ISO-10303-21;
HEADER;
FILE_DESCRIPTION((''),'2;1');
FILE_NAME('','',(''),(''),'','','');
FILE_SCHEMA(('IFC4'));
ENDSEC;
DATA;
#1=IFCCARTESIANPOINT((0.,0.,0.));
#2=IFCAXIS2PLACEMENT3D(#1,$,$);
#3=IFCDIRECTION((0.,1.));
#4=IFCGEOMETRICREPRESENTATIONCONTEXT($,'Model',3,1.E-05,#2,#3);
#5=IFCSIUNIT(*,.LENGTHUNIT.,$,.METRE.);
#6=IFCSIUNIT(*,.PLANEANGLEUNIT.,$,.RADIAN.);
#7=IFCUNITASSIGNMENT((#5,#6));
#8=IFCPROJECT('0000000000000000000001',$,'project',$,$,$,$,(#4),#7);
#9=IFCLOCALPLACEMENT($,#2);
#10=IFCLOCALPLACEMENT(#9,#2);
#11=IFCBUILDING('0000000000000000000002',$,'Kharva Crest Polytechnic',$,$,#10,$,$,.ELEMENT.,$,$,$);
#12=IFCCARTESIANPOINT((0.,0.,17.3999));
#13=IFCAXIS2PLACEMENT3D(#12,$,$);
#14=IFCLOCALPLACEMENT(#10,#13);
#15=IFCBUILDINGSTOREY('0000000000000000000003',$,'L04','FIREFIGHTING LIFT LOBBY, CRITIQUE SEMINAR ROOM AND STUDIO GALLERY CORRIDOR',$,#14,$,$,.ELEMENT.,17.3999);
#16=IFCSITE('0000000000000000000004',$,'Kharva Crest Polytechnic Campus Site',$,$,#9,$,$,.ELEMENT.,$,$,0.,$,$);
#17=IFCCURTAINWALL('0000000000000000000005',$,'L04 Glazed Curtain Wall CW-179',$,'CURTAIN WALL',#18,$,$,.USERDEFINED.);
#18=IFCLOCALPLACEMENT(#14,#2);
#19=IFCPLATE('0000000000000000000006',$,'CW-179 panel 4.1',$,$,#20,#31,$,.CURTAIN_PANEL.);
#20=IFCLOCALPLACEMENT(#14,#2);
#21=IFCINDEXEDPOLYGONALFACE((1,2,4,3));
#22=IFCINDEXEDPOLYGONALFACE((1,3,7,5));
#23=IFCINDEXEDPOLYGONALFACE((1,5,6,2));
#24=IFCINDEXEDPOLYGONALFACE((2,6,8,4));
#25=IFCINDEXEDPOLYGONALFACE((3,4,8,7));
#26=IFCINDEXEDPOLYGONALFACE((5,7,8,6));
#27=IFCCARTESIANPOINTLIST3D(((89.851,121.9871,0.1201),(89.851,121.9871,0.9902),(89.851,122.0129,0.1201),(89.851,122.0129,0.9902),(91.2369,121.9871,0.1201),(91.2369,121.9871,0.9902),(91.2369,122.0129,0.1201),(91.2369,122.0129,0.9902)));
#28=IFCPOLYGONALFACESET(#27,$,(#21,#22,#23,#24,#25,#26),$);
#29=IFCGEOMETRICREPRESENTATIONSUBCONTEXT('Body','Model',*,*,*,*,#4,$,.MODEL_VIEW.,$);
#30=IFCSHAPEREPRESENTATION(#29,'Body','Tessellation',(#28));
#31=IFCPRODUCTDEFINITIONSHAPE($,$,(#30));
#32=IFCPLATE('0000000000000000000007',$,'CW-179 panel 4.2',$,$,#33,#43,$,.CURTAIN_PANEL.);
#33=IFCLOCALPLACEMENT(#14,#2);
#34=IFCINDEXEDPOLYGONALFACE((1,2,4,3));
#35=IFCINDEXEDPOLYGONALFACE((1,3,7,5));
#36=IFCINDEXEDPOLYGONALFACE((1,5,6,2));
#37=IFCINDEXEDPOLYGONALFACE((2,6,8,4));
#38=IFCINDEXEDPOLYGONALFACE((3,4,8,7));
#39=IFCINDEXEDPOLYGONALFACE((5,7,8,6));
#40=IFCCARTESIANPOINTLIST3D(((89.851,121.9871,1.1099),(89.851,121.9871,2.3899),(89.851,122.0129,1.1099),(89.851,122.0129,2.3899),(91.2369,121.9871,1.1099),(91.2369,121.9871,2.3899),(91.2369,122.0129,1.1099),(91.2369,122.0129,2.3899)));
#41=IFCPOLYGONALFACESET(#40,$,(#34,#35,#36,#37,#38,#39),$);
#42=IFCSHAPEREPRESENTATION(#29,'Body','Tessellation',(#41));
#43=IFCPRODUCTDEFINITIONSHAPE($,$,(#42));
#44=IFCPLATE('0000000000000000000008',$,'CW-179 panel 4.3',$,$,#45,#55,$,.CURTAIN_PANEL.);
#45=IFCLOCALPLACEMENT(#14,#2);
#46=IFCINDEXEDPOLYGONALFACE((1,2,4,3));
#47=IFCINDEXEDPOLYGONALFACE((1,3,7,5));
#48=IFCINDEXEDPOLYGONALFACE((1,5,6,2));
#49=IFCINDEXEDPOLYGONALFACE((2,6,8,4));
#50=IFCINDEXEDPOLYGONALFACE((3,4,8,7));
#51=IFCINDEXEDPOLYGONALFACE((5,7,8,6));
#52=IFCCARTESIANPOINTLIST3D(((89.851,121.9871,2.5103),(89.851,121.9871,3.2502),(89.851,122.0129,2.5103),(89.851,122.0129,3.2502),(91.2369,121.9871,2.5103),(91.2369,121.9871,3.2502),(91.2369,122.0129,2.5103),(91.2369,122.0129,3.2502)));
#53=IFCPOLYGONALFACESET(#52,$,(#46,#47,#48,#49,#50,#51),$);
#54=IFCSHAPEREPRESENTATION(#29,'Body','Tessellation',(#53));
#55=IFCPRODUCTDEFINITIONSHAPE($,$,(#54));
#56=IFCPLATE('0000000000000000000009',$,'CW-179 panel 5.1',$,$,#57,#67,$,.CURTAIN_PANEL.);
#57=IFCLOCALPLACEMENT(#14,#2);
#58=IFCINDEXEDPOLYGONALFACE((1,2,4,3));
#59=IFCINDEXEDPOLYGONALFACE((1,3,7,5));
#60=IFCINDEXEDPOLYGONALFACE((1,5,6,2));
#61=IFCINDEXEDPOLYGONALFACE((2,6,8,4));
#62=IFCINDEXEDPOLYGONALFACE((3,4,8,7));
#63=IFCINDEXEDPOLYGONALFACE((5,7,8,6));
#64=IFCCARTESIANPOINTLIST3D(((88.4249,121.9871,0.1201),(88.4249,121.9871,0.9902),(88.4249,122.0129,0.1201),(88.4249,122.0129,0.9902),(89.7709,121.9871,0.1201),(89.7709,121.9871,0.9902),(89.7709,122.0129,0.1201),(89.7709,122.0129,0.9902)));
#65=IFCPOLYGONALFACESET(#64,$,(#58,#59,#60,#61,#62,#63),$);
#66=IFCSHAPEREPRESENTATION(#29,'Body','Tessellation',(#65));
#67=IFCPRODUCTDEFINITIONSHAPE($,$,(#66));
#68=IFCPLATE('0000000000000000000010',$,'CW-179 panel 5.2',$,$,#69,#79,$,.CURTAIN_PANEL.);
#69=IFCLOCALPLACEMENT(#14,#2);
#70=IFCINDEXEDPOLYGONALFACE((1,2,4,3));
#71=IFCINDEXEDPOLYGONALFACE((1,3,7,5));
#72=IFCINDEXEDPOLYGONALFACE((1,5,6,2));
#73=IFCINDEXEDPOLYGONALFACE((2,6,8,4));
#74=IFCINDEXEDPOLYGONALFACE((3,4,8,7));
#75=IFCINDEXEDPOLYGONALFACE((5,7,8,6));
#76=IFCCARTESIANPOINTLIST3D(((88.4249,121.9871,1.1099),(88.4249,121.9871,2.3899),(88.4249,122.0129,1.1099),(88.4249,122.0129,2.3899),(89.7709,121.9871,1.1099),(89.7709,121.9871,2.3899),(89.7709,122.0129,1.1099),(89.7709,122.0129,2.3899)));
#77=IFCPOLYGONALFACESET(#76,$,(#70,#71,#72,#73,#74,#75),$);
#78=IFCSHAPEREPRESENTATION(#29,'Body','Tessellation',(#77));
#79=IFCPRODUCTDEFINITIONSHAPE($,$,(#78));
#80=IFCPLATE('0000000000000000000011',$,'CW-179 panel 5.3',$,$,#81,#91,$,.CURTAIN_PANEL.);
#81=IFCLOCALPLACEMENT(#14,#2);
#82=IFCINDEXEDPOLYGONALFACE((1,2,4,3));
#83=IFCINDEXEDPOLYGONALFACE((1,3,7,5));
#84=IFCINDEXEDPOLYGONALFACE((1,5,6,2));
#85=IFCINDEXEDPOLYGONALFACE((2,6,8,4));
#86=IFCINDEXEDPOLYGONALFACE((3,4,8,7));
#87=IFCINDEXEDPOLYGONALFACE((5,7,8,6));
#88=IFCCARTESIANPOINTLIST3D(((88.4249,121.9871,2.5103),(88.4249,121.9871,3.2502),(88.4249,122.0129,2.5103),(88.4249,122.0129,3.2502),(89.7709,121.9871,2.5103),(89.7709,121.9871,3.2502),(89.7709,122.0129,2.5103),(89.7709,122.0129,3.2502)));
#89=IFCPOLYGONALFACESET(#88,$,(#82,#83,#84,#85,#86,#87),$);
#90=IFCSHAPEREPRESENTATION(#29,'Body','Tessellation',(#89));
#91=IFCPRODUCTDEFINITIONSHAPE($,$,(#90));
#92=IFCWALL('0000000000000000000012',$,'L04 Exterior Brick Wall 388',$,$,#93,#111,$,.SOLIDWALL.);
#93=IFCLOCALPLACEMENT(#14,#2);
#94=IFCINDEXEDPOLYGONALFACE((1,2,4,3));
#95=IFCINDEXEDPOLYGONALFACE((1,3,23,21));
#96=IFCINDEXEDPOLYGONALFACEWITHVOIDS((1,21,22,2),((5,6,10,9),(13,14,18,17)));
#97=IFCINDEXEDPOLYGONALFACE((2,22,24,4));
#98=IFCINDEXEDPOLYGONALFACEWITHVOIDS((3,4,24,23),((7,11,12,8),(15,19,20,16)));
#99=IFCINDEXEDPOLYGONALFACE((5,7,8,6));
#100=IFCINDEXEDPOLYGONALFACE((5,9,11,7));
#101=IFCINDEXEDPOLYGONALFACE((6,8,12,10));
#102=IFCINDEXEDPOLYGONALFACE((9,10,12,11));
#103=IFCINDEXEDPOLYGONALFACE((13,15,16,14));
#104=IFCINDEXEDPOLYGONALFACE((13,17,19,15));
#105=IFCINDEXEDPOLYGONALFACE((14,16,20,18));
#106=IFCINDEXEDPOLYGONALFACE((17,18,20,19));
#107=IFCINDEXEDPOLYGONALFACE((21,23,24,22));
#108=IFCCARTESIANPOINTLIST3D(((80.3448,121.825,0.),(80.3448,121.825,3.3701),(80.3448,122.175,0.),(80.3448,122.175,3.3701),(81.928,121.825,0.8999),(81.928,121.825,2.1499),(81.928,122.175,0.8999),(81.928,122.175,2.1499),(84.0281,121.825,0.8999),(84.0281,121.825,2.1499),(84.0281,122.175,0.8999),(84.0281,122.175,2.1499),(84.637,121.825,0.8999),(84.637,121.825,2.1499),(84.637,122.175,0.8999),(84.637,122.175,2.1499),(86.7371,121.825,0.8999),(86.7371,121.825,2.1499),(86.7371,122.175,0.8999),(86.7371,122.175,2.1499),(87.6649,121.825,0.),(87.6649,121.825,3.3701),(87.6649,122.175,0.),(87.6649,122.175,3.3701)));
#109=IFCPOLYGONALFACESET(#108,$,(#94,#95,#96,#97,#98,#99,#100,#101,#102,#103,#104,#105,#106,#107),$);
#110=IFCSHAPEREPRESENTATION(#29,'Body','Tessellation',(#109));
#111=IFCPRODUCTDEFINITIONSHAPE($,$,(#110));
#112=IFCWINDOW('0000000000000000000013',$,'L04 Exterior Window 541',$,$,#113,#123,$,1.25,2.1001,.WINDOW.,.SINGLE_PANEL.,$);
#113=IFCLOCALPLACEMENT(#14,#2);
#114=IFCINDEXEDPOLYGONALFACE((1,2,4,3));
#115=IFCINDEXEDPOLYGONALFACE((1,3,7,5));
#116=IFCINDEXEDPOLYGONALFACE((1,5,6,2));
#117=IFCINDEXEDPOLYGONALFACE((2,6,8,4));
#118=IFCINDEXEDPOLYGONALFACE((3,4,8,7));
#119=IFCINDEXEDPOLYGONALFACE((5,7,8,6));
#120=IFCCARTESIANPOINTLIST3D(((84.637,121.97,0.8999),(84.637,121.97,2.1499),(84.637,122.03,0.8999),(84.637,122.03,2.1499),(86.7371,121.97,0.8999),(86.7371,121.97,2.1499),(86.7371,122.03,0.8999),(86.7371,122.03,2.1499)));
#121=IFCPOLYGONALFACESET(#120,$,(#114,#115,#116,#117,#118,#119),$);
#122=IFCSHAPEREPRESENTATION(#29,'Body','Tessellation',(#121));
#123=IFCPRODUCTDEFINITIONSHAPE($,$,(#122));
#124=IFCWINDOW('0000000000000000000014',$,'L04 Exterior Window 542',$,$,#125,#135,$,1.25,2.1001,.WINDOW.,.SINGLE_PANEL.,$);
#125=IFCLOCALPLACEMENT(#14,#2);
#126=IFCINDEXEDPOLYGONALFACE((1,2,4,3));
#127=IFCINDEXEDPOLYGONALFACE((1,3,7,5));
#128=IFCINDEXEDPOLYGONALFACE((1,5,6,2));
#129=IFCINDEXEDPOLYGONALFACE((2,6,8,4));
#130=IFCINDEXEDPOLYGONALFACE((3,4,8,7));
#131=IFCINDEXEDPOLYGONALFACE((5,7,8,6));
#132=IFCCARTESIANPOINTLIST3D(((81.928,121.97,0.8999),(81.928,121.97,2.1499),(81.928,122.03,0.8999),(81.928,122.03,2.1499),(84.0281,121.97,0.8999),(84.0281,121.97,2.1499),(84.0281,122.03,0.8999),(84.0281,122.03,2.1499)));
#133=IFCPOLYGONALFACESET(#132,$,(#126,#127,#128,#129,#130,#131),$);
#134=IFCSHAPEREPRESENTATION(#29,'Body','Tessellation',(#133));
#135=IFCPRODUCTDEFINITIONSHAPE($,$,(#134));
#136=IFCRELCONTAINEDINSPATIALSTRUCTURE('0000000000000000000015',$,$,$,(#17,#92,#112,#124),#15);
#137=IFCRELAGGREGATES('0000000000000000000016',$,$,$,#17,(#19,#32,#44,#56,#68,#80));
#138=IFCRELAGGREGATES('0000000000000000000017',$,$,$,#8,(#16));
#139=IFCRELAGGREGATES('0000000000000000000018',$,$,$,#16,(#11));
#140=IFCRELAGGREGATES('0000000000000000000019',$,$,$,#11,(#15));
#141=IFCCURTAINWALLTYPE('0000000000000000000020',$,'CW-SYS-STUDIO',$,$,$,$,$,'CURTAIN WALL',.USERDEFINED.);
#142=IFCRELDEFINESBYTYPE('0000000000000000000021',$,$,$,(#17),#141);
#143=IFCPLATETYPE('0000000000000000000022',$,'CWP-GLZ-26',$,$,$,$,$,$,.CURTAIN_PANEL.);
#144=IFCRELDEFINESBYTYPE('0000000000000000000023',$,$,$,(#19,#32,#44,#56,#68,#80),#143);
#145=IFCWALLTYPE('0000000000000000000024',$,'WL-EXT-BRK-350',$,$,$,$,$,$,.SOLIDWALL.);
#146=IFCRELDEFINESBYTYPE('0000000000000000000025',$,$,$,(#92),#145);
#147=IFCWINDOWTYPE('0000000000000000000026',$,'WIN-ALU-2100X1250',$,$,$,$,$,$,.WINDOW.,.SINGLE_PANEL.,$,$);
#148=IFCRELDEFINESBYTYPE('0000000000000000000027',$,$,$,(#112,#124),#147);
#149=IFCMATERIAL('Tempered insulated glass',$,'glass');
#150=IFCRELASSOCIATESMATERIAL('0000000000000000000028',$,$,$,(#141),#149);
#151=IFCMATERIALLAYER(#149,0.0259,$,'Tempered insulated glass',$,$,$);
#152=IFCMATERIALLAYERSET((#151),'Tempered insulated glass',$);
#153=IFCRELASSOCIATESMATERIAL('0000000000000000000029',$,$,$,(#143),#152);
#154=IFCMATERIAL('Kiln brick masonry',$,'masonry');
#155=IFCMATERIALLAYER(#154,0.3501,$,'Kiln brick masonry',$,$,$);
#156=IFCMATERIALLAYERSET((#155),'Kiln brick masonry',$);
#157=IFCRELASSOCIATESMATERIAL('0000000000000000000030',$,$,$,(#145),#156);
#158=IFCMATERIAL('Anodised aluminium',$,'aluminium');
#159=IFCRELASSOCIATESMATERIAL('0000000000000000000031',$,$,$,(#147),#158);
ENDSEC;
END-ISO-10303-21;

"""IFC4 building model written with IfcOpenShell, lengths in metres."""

from ifc_helpers import new_model, si_unit, direction, frame, frame_2d, origin, origin_2d, place, context, subcontext, project, spatial, rectangle, extrude, material, layer, layer_set, type_object, element, fill, aggregate, save


model = new_model("IFC4")

# Units and contexts
model_context = context("Model", 3, precision=1e-05, world=origin(), true_north=direction((0.0, 1.0)))
body_context = subcontext(model_context, "Body", "Model", "MODEL_VIEW")
ifc_project = project(units=[si_unit("LENGTHUNIT", "METRE"), si_unit("PLANEANGLEUNIT", "RADIAN")], contexts=[model_context])

# Site, building, storey
site_placement = place(None, origin())
site = spatial("IfcSite", under=ifc_project, at=site_placement, Name="Kharva Crest Polytechnic Campus Site", CompositionType="ELEMENT", RefElevation=0.0)
building_placement = place(site_placement, origin())
building = spatial("IfcBuilding", under=site, at=building_placement, Name="Kharva Crest Polytechnic", CompositionType="ELEMENT")
storey_placement = place(building_placement, frame((0.0, 0.0, 17.3999)))
storey = spatial("IfcBuildingStorey", under=building, at=storey_placement, Name="L04", Description="FIREFIGHTING LIFT LOBBY, CRITIQUE SEMINAR ROOM AND STUDIO GALLERY CORRIDOR", CompositionType="ELEMENT", Elevation=17.3999)

# Curtain wall
ifc_material_1 = material(Name="Tempered insulated glass", Category="glass")
curtain_wall_type = type_object("IfcCurtainWallType", Name="CW-SYS-STUDIO", ElementType="CURTAIN WALL", PredefinedType="USERDEFINED", material=ifc_material_1)
curtain_wall_1_placement = place(storey_placement, origin())
curtain_wall_1 = element("IfcCurtainWall", 1, at=curtain_wall_1_placement, inside=storey, type_object=curtain_wall_type, Name="L04 Glazed Curtain Wall CW-179", ObjectType="CURTAIN WALL", PredefinedType="USERDEFINED")

# Plates
ifc_layer_1 = layer(ifc_material_1, 0.0259, Name="Tempered insulated glass")
ifc_layer_set_1 = layer_set([ifc_layer_1], Name="Tempered insulated glass")
plate_type = type_object("IfcPlateType", Name="CWP-GLZ-26", PredefinedType="CURTAIN_PANEL", material=ifc_layer_set_1)
plate_1_placement = place(storey_placement, frame((90.5439, 122.0, 0.1201), z_axis=(0.0, 0.0, 1.0), x_axis=(-1.0, 0.0, 0.0)))
plate_1 = element("IfcPlate", 2, at=plate_1_placement, type_object=plate_type, Name="CW-179 panel 4.1", PredefinedType="CURTAIN_PANEL", context=body_context, shape_type="SweptSolid", body=[
    extrude(rectangle(XDim=1.386, YDim=0.0259, at=origin_2d()), origin(), (0.0, 0.0, 1.0), 0.8701),
])
plate_2_placement = place(storey_placement, frame((90.5439, 122.0, 1.1099), z_axis=(0.0, 0.0, 1.0), x_axis=(-1.0, 0.0, 0.0)))
plate_2 = element("IfcPlate", 3, at=plate_2_placement, type_object=plate_type, Name="CW-179 panel 4.2", PredefinedType="CURTAIN_PANEL", context=body_context, shape_type="SweptSolid", body=[
    extrude(rectangle(XDim=1.386, YDim=0.0259, at=origin_2d()), origin(), (0.0, 0.0, 1.0), 1.28),
])
plate_3_placement = place(storey_placement, frame((90.5439, 122.0, 2.5103), z_axis=(0.0, 0.0, 1.0), x_axis=(-1.0, 0.0, 0.0)))
plate_3 = element("IfcPlate", 4, at=plate_3_placement, type_object=plate_type, Name="CW-179 panel 4.3", PredefinedType="CURTAIN_PANEL", context=body_context, shape_type="SweptSolid", body=[
    extrude(rectangle(XDim=1.386, YDim=0.0259, at=origin_2d()), origin(), (0.0, 0.0, 1.0), 0.74),
])
plate_4_placement = place(storey_placement, frame((89.0979, 122.0, 0.1201), z_axis=(0.0, 0.0, 1.0), x_axis=(-1.0, 0.0, 0.0)))
plate_4 = element("IfcPlate", 5, at=plate_4_placement, type_object=plate_type, Name="CW-179 panel 5.1", PredefinedType="CURTAIN_PANEL", context=body_context, shape_type="SweptSolid", body=[
    extrude(rectangle(XDim=1.3459, YDim=0.0259, at=origin_2d()), origin(), (0.0, 0.0, 1.0), 0.8701),
])
plate_5_placement = place(storey_placement, frame((89.0979, 122.0, 1.1099), z_axis=(0.0, 0.0, 1.0), x_axis=(-1.0, 0.0, 0.0)))
plate_5 = element("IfcPlate", 6, at=plate_5_placement, type_object=plate_type, Name="CW-179 panel 5.2", PredefinedType="CURTAIN_PANEL", context=body_context, shape_type="SweptSolid", body=[
    extrude(rectangle(XDim=1.3459, YDim=0.0259, at=origin_2d()), origin(), (0.0, 0.0, 1.0), 1.28),
])
plate_6_placement = place(storey_placement, frame((89.0979, 122.0, 2.5103), z_axis=(0.0, 0.0, 1.0), x_axis=(-1.0, 0.0, 0.0)))
plate_6 = element("IfcPlate", 7, at=plate_6_placement, type_object=plate_type, Name="CW-179 panel 5.3", PredefinedType="CURTAIN_PANEL", context=body_context, shape_type="SweptSolid", body=[
    extrude(rectangle(XDim=1.3459, YDim=0.0259, at=origin_2d()), origin(), (0.0, 0.0, 1.0), 0.74),
])
aggregate(curtain_wall_1, [plate_1, plate_2, plate_3, plate_4, plate_5, plate_6])

# Wall, openings, windows
ifc_material_2 = material(Name="Kiln brick masonry", Category="masonry")
ifc_layer_2 = layer(ifc_material_2, 0.3501, Name="Kiln brick masonry")
ifc_layer_set_2 = layer_set([ifc_layer_2], Name="Kiln brick masonry")
wall_type = type_object("IfcWallType", Name="WL-EXT-BRK-350", PredefinedType="SOLIDWALL", material=ifc_layer_set_2)
wall_placement = place(storey_placement, frame((87.665, 122.0, 0.0), z_axis=(0.0, 0.0, 1.0), x_axis=(-1.0, 0.0, 0.0)))
wall = element("IfcWall", 8, at=wall_placement, inside=storey, type_object=wall_type, Name="L04 Exterior Brick Wall 388", PredefinedType="SOLIDWALL", context=body_context, shape_type="SweptSolid", body=[
    extrude(rectangle(XDim=7.3201, YDim=0.3501, at=frame_2d((3.6602, 0.0))), origin(), (0.0, 0.0, 1.0), 3.3701),
])
opening_1_placement = place(wall_placement, frame((0.928, 0.0, 0.8999)))
opening_1 = element("IfcOpeningElement", 9, at=opening_1_placement, cuts=wall, PredefinedType="OPENING", context=body_context, shape_type="SweptSolid", body=[
    extrude(rectangle(XDim=2.1001, YDim=1.25, at=frame_2d((1.05, 0.625))), frame((0.0, 0.1851, 0.0), z_axis=(0.0, -1.0, 0.0), x_axis=(1.0, 0.0, 0.0)), (0.0, 0.0, 1.0), 0.3701),
])
opening_2_placement = place(wall_placement, frame((3.637, 0.0, 0.8999)))
opening_2 = element("IfcOpeningElement", 10, at=opening_2_placement, cuts=wall, PredefinedType="OPENING", context=body_context, shape_type="SweptSolid", body=[
    extrude(rectangle(XDim=2.1001, YDim=1.25, at=frame_2d((1.05, 0.625))), frame((0.0, 0.1851, 0.0), z_axis=(0.0, -1.0, 0.0), x_axis=(1.0, 0.0, 0.0)), (0.0, 0.0, 1.0), 0.3701),
])
ifc_material_3 = material(Name="Anodised aluminium", Category="aluminium")
window_type = type_object("IfcWindowType", Name="WIN-ALU-2100X1250", PartitioningType="SINGLE_PANEL", PredefinedType="WINDOW", material=ifc_material_3)
window_1_placement = place(opening_1_placement, origin())
window_1 = element("IfcWindow", 11, at=window_1_placement, inside=storey, type_object=window_type, Name="L04 Exterior Window 541", OverallHeight=1.25, OverallWidth=2.1001, PartitioningType="SINGLE_PANEL", PredefinedType="WINDOW", context=body_context, shape_type="SweptSolid", body=[
    extrude(rectangle(XDim=2.1001, YDim=1.25, at=frame_2d((1.05, 0.625))), frame((0.0, 0.03, 0.0), z_axis=(0.0, -1.0, 0.0), x_axis=(1.0, 0.0, 0.0)), (0.0, 0.0, 1.0), 0.0601),
])
fill(opening_1, window_1)
window_2_placement = place(opening_2_placement, origin())
window_2 = element("IfcWindow", 12, at=window_2_placement, inside=storey, type_object=window_type, Name="L04 Exterior Window 542", OverallHeight=1.25, OverallWidth=2.1001, PartitioningType="SINGLE_PANEL", PredefinedType="WINDOW", context=body_context, shape_type="SweptSolid", body=[
    extrude(rectangle(XDim=2.1001, YDim=1.25, at=frame_2d((1.05, 0.625))), frame((0.0, 0.03, 0.0), z_axis=(0.0, -1.0, 0.0), x_axis=(1.0, 0.0, 0.0)), (0.0, 0.0, 1.0), 0.0601),
])
fill(opening_2, window_2)

save(model, "model.ifc")
